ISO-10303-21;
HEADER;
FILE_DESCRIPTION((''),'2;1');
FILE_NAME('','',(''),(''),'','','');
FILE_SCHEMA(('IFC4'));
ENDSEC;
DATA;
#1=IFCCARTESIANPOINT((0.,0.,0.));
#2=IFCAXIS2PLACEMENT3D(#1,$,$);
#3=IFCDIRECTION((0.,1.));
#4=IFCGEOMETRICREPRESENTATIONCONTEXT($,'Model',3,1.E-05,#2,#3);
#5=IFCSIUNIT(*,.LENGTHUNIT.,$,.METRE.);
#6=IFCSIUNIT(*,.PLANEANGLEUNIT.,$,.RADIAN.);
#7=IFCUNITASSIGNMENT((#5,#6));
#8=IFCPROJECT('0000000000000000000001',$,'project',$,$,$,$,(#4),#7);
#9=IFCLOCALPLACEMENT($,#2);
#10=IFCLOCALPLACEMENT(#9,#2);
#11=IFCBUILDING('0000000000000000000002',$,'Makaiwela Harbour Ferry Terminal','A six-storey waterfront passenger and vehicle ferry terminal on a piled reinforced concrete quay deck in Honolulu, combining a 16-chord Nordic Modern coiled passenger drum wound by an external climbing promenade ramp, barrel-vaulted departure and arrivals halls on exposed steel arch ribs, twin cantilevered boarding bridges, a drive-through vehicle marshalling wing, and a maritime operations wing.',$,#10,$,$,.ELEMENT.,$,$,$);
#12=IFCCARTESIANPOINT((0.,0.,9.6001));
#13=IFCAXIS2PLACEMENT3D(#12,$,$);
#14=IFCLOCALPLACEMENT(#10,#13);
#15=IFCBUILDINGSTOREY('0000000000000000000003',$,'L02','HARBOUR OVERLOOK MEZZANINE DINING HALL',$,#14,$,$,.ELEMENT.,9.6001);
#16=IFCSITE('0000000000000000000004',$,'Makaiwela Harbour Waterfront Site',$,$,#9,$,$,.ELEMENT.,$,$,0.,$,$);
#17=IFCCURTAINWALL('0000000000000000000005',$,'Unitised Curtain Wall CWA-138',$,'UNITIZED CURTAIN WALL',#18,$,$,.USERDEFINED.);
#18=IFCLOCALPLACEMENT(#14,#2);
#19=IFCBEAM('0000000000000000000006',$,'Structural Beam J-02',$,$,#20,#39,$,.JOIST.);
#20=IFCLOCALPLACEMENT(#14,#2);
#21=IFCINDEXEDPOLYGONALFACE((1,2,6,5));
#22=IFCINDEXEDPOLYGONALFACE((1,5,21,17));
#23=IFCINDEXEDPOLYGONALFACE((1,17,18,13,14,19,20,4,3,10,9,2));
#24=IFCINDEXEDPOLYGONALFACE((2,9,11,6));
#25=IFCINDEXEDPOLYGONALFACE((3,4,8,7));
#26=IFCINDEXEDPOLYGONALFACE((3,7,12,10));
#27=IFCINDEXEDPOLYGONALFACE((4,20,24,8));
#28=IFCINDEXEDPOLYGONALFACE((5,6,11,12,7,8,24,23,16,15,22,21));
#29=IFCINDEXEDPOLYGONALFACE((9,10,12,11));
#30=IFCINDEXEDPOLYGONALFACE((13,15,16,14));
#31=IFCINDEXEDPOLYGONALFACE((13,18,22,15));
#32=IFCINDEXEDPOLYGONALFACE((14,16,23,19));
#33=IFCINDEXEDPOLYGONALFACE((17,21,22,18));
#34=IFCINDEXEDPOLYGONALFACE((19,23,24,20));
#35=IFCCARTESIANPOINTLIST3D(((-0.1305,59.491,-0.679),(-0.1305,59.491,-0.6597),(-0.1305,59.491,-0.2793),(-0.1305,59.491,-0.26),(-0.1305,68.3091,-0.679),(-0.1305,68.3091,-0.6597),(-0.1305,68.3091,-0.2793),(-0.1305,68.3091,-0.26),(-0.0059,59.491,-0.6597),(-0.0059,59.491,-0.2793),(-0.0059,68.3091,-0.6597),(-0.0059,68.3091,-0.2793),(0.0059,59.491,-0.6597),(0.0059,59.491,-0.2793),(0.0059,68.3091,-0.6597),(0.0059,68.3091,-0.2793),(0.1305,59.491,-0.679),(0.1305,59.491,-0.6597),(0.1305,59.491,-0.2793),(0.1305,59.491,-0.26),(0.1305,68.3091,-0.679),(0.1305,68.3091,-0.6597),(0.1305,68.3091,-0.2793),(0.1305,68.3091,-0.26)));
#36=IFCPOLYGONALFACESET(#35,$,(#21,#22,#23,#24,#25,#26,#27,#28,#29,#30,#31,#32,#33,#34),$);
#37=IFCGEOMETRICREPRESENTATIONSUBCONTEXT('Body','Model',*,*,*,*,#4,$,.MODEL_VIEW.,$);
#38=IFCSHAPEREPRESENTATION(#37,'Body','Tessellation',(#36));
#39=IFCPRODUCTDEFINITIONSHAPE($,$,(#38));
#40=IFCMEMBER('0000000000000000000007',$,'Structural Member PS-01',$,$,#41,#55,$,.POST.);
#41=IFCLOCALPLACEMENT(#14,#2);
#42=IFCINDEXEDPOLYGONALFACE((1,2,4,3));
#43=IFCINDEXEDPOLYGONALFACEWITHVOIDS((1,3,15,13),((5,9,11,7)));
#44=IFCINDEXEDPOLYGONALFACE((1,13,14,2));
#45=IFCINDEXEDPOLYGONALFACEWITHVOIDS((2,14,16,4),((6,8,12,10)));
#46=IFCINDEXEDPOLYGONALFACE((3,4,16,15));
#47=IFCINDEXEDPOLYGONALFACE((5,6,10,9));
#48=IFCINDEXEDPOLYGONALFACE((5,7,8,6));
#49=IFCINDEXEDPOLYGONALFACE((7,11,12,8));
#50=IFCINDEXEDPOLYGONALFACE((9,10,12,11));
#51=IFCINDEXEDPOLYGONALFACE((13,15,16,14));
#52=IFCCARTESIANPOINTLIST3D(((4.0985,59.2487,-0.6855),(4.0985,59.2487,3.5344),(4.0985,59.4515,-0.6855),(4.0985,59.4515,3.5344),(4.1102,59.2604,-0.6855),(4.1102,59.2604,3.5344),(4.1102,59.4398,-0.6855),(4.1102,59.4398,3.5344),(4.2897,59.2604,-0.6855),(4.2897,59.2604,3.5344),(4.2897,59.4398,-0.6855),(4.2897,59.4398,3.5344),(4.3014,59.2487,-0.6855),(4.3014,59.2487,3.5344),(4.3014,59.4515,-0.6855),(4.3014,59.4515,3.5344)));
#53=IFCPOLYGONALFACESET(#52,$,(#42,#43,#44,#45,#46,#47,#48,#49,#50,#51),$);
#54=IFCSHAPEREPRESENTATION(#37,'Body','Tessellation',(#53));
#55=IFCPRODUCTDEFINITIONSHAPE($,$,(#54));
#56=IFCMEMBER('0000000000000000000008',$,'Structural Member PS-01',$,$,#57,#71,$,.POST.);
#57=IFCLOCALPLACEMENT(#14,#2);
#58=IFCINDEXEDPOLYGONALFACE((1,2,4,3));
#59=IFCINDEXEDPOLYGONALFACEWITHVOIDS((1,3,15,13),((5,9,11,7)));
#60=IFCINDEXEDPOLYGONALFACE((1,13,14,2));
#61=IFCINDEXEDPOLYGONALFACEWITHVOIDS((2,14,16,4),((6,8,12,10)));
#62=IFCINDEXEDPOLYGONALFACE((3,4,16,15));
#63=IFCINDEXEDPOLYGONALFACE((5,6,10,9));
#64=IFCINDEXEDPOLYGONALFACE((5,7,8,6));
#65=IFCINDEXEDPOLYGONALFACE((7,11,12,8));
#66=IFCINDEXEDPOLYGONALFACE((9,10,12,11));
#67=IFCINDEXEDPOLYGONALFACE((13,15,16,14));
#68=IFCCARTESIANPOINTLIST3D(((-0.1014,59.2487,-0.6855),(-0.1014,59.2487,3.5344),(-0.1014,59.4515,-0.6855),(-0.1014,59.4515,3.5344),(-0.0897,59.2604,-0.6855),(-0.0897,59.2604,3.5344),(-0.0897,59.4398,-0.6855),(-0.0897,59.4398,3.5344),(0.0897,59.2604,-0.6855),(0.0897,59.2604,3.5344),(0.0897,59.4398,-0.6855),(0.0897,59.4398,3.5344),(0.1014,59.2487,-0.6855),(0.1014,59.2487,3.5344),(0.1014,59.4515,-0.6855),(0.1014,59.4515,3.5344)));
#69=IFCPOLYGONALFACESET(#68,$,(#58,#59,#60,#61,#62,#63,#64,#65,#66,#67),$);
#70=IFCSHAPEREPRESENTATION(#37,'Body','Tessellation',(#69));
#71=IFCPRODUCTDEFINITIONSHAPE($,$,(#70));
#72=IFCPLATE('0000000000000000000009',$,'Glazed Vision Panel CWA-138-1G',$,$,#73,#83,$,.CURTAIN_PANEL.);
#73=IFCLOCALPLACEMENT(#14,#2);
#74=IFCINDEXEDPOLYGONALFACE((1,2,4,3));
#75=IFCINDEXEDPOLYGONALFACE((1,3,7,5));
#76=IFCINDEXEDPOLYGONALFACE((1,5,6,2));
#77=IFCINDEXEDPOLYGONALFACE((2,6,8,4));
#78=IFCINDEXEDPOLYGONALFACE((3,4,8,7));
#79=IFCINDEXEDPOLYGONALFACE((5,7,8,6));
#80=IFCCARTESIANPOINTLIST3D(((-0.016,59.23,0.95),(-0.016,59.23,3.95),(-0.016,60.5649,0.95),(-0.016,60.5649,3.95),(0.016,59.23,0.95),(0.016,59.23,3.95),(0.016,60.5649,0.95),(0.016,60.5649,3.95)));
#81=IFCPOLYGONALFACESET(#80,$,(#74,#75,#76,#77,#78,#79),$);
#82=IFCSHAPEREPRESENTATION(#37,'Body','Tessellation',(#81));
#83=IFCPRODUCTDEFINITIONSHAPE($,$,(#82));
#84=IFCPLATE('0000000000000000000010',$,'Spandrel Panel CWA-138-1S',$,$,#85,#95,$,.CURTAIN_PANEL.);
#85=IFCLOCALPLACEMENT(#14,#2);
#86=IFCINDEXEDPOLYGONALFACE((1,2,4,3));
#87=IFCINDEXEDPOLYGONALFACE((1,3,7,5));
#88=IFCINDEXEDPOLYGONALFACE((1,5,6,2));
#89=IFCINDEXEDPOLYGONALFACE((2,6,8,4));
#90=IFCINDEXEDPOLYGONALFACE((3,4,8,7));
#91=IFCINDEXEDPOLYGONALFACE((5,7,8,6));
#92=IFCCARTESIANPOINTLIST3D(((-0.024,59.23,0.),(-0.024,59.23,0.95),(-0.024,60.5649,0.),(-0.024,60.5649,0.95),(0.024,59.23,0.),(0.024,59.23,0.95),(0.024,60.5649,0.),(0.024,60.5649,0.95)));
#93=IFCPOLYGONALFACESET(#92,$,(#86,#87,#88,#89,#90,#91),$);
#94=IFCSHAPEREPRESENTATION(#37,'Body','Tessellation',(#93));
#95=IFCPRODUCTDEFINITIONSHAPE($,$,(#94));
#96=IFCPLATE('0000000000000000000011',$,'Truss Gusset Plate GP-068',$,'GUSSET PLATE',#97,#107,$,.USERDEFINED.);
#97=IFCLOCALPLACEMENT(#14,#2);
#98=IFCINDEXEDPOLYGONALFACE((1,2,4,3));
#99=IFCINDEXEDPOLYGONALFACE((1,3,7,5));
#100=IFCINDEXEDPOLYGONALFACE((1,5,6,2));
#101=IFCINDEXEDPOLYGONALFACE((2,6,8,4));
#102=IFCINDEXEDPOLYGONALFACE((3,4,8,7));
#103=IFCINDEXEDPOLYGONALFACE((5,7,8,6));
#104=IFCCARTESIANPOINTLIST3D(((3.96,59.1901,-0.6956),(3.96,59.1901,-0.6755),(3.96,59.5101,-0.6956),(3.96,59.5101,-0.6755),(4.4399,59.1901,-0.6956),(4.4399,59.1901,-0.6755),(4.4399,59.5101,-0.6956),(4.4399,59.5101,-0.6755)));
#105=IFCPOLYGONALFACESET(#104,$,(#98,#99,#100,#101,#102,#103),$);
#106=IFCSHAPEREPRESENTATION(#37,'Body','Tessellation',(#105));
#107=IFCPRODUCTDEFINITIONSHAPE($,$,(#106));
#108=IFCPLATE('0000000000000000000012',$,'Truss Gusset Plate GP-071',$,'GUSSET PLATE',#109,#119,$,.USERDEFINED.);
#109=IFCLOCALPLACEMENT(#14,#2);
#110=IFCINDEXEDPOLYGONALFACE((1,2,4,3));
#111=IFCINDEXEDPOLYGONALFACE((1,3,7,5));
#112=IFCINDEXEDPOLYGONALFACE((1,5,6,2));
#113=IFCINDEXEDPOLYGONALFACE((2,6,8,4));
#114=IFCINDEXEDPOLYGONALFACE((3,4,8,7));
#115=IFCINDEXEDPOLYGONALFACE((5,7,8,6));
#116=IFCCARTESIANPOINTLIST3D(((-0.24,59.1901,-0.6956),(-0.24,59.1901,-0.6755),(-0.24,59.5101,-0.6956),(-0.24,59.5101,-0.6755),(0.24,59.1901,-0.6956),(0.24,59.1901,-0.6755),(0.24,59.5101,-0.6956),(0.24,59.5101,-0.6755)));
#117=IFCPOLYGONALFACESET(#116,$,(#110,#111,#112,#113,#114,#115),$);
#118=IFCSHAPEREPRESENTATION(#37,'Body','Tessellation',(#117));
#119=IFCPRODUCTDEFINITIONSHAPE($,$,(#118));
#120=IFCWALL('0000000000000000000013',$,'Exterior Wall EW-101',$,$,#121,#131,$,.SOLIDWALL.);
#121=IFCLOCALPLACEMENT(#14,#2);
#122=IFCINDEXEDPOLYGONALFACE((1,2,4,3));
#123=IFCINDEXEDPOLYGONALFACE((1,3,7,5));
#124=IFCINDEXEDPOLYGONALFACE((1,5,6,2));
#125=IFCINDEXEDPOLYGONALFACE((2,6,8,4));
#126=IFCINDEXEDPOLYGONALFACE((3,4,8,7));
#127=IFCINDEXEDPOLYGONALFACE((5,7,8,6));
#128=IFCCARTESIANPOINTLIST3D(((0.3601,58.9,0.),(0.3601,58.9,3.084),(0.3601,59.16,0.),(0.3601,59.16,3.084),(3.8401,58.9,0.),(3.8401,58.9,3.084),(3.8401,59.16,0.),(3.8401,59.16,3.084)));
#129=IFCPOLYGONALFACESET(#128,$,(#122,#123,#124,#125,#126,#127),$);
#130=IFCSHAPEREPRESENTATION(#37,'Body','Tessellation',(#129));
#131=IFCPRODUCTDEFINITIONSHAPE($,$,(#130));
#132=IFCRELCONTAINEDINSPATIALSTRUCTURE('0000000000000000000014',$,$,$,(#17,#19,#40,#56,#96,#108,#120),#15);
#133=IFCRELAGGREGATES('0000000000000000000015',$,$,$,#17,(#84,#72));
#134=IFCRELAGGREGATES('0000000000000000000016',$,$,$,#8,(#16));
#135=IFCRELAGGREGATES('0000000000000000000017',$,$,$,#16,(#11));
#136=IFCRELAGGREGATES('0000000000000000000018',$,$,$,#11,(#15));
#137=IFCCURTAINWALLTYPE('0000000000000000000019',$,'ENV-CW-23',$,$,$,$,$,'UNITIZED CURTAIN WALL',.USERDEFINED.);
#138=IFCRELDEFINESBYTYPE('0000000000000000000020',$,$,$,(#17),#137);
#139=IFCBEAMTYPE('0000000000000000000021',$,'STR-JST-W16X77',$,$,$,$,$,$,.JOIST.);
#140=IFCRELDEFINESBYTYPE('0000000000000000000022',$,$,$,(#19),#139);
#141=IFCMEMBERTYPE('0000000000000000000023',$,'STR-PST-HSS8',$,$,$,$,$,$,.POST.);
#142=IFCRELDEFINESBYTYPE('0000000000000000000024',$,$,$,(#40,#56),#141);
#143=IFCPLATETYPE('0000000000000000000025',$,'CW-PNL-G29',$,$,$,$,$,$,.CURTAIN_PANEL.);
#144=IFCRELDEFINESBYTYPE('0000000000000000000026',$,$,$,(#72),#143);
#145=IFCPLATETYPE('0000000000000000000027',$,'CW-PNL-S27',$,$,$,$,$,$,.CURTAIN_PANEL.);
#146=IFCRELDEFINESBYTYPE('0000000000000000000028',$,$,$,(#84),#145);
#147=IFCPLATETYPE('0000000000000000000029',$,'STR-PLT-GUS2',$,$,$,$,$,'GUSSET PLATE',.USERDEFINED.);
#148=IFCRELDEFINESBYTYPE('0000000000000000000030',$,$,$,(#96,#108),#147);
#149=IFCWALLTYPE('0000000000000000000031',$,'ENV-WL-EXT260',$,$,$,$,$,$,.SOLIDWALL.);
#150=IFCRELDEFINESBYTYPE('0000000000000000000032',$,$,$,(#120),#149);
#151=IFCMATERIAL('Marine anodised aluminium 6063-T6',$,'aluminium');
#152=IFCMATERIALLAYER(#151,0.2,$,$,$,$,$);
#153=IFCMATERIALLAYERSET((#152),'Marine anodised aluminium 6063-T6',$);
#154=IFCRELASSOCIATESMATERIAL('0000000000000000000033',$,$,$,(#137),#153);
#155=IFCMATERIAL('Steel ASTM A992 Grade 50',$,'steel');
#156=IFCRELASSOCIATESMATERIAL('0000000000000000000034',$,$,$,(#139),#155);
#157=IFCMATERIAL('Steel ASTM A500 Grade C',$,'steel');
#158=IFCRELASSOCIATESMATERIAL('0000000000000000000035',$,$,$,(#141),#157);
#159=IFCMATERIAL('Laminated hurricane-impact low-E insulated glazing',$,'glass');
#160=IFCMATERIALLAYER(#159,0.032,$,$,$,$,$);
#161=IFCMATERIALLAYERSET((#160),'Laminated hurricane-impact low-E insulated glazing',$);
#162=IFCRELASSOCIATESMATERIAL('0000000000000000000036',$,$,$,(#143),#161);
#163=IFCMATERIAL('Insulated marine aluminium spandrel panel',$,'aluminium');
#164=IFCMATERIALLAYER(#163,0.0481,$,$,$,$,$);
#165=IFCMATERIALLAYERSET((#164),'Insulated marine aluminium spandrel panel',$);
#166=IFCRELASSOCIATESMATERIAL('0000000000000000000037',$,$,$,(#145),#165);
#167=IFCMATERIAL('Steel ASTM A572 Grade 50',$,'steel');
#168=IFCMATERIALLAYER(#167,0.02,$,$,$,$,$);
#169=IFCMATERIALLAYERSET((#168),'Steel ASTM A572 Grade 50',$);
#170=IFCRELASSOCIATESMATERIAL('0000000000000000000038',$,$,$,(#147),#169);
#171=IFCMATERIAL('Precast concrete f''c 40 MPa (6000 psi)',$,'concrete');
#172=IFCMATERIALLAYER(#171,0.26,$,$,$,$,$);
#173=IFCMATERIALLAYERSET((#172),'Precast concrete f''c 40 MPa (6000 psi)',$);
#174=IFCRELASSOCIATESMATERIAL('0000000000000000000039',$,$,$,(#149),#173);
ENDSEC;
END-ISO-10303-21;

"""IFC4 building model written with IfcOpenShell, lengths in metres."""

from ifc_helpers import new_model, si_unit, direction, frame, frame_2d, origin, origin_2d, place, context, subcontext, project, spatial, rectangle, hollow_rectangle, i_section, extrude, material, layer, layer_set, material_profile, profile_set, type_object, element, aggregate, save


model = new_model("IFC4")

# Units and contexts
model_context = context("Model", 3, precision=1e-05, world=origin(), true_north=direction((0.0, 1.0)))
body_context = subcontext(model_context, "Body", "Model", "MODEL_VIEW")
ifc_project = project(units=[si_unit("LENGTHUNIT", "METRE"), si_unit("PLANEANGLEUNIT", "RADIAN")], contexts=[model_context])

# Site, building, storey
site_placement = place(None, origin())
site = spatial("IfcSite", under=ifc_project, at=site_placement, Name="Makaiwela Harbour Waterfront Site", CompositionType="ELEMENT", RefElevation=0.0)
building_placement = place(site_placement, origin())
building = spatial("IfcBuilding", under=site, at=building_placement, Name="Makaiwela Harbour Ferry Terminal", Description="A six-storey waterfront passenger and vehicle ferry terminal on a piled reinforced concrete quay deck in Honolulu, combining a 16-chord Nordic Modern coiled passenger drum wound by an external climbing promenade ramp, barrel-vaulted departure and arrivals halls on exposed steel arch ribs, twin cantilevered boarding bridges, a drive-through vehicle marshalling wing, and a maritime operations wing.", CompositionType="ELEMENT")
storey_placement = place(building_placement, frame((0.0, 0.0, 9.6001)))
storey = spatial("IfcBuildingStorey", under=building, at=storey_placement, Name="L02", Description="HARBOUR OVERLOOK MEZZANINE DINING HALL", CompositionType="ELEMENT", Elevation=9.6001)

# Curtain wall
ifc_material_1 = material(Name="Marine anodised aluminium 6063-T6", Category="aluminium")
ifc_layer_1 = layer(ifc_material_1, 0.2)
ifc_layer_set_1 = layer_set([ifc_layer_1], Name="Marine anodised aluminium 6063-T6")
curtain_wall_type = type_object("IfcCurtainWallType", Name="ENV-CW-23", ElementType="UNITIZED CURTAIN WALL", PredefinedType="USERDEFINED", material=ifc_layer_set_1)
curtain_wall_placement = place(storey_placement, origin())
curtain_wall = element("IfcCurtainWall", 1, at=curtain_wall_placement, inside=storey, type_object=curtain_wall_type, Name="Unitised Curtain Wall CWA-138", ObjectType="UNITIZED CURTAIN WALL", PredefinedType="USERDEFINED")

# Shared definitions
ifc_material_2 = material(Name="Steel ASTM A500 Grade C", Category="steel")

# Beam
ifc_material_3 = material(Name="Steel ASTM A992 Grade 50", Category="steel")
ifc_material_profile_1 = material_profile(ifc_material_3, i_section(OverallWidth=0.261, OverallDepth=0.4189, WebThickness=0.0117, FlangeThickness=0.0193, at=origin_2d()), Name="W16X77")
ifc_profile_set_1 = profile_set([ifc_material_profile_1], Name="Steel ASTM A992 Grade 50")
beam_type_1 = type_object("IfcBeamType", Name="STR-JST-W16X77", PredefinedType="JOIST", material=ifc_profile_set_1)
beam_1_placement = place(storey_placement, frame((0.0, 59.491, -0.4695), z_axis=(0.0, 1.0, 0.0), x_axis=(-1.0, 0.0, 0.0)))
element("IfcBeam", 2, at=beam_1_placement, inside=storey, type_object=beam_type_1, Name="Structural Beam J-02", PredefinedType="JOIST", context=body_context, shape_type="SweptSolid", body=[
    extrude(i_section(OverallWidth=0.261, OverallDepth=0.4189, WebThickness=0.0117, FlangeThickness=0.0193, at=origin_2d()), origin(), (0.0, 0.0, 1.0), 8.8181),
])

# Members
ifc_material_profile_2 = material_profile(ifc_material_2, hollow_rectangle(XDim=0.2029, YDim=0.2029, WallThickness=0.0117, at=origin_2d()), Name="HSS8X8X1/2")
ifc_profile_set_2 = profile_set([ifc_material_profile_2], Name="Steel ASTM A500 Grade C")
member_type_1 = type_object("IfcMemberType", Name="STR-PST-HSS8", PredefinedType="POST", material=ifc_profile_set_2)
for number, where, z_axis, x_axis, name in (
    (3, (4.2, 59.3501, -0.6855), (0.0, 0.0, 1.0), (1.0, 0.0, 0.0), "Structural Member PS-01"),
    (4, (0.0, 59.3501, -0.6855), (0.0, 0.0, 1.0), (1.0, 0.0, 0.0), "Structural Member PS-01"),
):
    element("IfcMember", number, at=place(storey_placement, frame(where, z_axis=z_axis, x_axis=x_axis)), inside=storey, type_object=member_type_1, Name=name, PredefinedType="POST", context=body_context, shape_type="SweptSolid", body=[
        extrude(hollow_rectangle(XDim=0.2029, YDim=0.2029, WallThickness=0.0117, at=origin_2d()), origin(), (0.0, 0.0, 1.0), 4.22),
    ])

# Plates
ifc_material_4 = material(Name="Laminated hurricane-impact low-E insulated glazing", Category="glass")
ifc_layer_2 = layer(ifc_material_4, 0.032)
ifc_layer_set_2 = layer_set([ifc_layer_2], Name="Laminated hurricane-impact low-E insulated glazing")
plate_type_1 = type_object("IfcPlateType", Name="CW-PNL-G29", PredefinedType="CURTAIN_PANEL", material=ifc_layer_set_2)
plate_1_placement = place(storey_placement, frame((0.0, 59.8975, 0.95), z_axis=(0.0, 0.0, 1.0), x_axis=(0.0, 1.0, 0.0)))
plate_1 = element("IfcPlate", 5, at=plate_1_placement, type_object=plate_type_1, Name="Glazed Vision Panel CWA-138-1G", PredefinedType="CURTAIN_PANEL", context=body_context, shape_type="SweptSolid", body=[
    extrude(rectangle(XDim=1.335, YDim=0.032, at=origin_2d()), origin(), (0.0, 0.0, 1.0), 3.0),
])
ifc_material_5 = material(Name="Insulated marine aluminium spandrel panel", Category="aluminium")
ifc_layer_3 = layer(ifc_material_5, 0.0481)
ifc_layer_set_3 = layer_set([ifc_layer_3], Name="Insulated marine aluminium spandrel panel")
plate_type_2 = type_object("IfcPlateType", Name="CW-PNL-S27", PredefinedType="CURTAIN_PANEL", material=ifc_layer_set_3)
plate_2_placement = place(storey_placement, frame((0.0, 59.8975, 0.0), z_axis=(0.0, 0.0, 1.0), x_axis=(0.0, 1.0, 0.0)))
plate_2 = element("IfcPlate", 6, at=plate_2_placement, type_object=plate_type_2, Name="Spandrel Panel CWA-138-1S", PredefinedType="CURTAIN_PANEL", context=body_context, shape_type="SweptSolid", body=[
    extrude(rectangle(XDim=1.335, YDim=0.0481, at=origin_2d()), origin(), (0.0, 0.0, 1.0), 0.95),
])
aggregate(curtain_wall, [plate_2, plate_1])

# Plates
ifc_material_6 = material(Name="Steel ASTM A572 Grade 50", Category="steel")
ifc_layer_4 = layer(ifc_material_6, 0.02)
ifc_layer_set_4 = layer_set([ifc_layer_4], Name="Steel ASTM A572 Grade 50")
plate_type_3 = type_object("IfcPlateType", Name="STR-PLT-GUS2", ElementType="GUSSET PLATE", PredefinedType="USERDEFINED", material=ifc_layer_set_4)
for number, where, z_axis, x_axis, name in (
    (7, (4.2, 59.3501, -0.6956), (0.0, 0.0, 1.0), (1.0, 0.0, 0.0), "Truss Gusset Plate GP-068"),
    (8, (0.0, 59.3501, -0.6956), (0.0, 0.0, 1.0), (1.0, 0.0, 0.0), "Truss Gusset Plate GP-071"),
):
    element("IfcPlate", number, at=place(storey_placement, frame(where, z_axis=z_axis, x_axis=x_axis)), inside=storey, type_object=plate_type_3, Name=name, ObjectType="GUSSET PLATE", PredefinedType="USERDEFINED", context=body_context, shape_type="SweptSolid", body=[
        extrude(rectangle(XDim=0.48, YDim=0.3201, at=origin_2d()), origin(), (0.0, 0.0, 1.0), 0.02),
    ])

# Wall
ifc_material_7 = material(Name="Precast concrete f'c 40 MPa (6000 psi)", Category="concrete")
ifc_layer_5 = layer(ifc_material_7, 0.26)
ifc_layer_set_5 = layer_set([ifc_layer_5], Name="Precast concrete f'c 40 MPa (6000 psi)")
wall_type = type_object("IfcWallType", Name="ENV-WL-EXT260", PredefinedType="SOLIDWALL", material=ifc_layer_set_5)
wall_placement = place(storey_placement, frame((3.8401, 59.03, 0.0), z_axis=(0.0, 0.0, 1.0), x_axis=(-1.0, 0.0, 0.0)))
element("IfcWall", 9, at=wall_placement, inside=storey, type_object=wall_type, Name="Exterior Wall EW-101", PredefinedType="SOLIDWALL", context=body_context, shape_type="SweptSolid", body=[
    extrude(rectangle(XDim=3.48, YDim=0.26, at=frame_2d((1.74, 0.0))), origin(), (0.0, 0.0, 1.0), 3.084),
])

save(model, "model.ifc")
